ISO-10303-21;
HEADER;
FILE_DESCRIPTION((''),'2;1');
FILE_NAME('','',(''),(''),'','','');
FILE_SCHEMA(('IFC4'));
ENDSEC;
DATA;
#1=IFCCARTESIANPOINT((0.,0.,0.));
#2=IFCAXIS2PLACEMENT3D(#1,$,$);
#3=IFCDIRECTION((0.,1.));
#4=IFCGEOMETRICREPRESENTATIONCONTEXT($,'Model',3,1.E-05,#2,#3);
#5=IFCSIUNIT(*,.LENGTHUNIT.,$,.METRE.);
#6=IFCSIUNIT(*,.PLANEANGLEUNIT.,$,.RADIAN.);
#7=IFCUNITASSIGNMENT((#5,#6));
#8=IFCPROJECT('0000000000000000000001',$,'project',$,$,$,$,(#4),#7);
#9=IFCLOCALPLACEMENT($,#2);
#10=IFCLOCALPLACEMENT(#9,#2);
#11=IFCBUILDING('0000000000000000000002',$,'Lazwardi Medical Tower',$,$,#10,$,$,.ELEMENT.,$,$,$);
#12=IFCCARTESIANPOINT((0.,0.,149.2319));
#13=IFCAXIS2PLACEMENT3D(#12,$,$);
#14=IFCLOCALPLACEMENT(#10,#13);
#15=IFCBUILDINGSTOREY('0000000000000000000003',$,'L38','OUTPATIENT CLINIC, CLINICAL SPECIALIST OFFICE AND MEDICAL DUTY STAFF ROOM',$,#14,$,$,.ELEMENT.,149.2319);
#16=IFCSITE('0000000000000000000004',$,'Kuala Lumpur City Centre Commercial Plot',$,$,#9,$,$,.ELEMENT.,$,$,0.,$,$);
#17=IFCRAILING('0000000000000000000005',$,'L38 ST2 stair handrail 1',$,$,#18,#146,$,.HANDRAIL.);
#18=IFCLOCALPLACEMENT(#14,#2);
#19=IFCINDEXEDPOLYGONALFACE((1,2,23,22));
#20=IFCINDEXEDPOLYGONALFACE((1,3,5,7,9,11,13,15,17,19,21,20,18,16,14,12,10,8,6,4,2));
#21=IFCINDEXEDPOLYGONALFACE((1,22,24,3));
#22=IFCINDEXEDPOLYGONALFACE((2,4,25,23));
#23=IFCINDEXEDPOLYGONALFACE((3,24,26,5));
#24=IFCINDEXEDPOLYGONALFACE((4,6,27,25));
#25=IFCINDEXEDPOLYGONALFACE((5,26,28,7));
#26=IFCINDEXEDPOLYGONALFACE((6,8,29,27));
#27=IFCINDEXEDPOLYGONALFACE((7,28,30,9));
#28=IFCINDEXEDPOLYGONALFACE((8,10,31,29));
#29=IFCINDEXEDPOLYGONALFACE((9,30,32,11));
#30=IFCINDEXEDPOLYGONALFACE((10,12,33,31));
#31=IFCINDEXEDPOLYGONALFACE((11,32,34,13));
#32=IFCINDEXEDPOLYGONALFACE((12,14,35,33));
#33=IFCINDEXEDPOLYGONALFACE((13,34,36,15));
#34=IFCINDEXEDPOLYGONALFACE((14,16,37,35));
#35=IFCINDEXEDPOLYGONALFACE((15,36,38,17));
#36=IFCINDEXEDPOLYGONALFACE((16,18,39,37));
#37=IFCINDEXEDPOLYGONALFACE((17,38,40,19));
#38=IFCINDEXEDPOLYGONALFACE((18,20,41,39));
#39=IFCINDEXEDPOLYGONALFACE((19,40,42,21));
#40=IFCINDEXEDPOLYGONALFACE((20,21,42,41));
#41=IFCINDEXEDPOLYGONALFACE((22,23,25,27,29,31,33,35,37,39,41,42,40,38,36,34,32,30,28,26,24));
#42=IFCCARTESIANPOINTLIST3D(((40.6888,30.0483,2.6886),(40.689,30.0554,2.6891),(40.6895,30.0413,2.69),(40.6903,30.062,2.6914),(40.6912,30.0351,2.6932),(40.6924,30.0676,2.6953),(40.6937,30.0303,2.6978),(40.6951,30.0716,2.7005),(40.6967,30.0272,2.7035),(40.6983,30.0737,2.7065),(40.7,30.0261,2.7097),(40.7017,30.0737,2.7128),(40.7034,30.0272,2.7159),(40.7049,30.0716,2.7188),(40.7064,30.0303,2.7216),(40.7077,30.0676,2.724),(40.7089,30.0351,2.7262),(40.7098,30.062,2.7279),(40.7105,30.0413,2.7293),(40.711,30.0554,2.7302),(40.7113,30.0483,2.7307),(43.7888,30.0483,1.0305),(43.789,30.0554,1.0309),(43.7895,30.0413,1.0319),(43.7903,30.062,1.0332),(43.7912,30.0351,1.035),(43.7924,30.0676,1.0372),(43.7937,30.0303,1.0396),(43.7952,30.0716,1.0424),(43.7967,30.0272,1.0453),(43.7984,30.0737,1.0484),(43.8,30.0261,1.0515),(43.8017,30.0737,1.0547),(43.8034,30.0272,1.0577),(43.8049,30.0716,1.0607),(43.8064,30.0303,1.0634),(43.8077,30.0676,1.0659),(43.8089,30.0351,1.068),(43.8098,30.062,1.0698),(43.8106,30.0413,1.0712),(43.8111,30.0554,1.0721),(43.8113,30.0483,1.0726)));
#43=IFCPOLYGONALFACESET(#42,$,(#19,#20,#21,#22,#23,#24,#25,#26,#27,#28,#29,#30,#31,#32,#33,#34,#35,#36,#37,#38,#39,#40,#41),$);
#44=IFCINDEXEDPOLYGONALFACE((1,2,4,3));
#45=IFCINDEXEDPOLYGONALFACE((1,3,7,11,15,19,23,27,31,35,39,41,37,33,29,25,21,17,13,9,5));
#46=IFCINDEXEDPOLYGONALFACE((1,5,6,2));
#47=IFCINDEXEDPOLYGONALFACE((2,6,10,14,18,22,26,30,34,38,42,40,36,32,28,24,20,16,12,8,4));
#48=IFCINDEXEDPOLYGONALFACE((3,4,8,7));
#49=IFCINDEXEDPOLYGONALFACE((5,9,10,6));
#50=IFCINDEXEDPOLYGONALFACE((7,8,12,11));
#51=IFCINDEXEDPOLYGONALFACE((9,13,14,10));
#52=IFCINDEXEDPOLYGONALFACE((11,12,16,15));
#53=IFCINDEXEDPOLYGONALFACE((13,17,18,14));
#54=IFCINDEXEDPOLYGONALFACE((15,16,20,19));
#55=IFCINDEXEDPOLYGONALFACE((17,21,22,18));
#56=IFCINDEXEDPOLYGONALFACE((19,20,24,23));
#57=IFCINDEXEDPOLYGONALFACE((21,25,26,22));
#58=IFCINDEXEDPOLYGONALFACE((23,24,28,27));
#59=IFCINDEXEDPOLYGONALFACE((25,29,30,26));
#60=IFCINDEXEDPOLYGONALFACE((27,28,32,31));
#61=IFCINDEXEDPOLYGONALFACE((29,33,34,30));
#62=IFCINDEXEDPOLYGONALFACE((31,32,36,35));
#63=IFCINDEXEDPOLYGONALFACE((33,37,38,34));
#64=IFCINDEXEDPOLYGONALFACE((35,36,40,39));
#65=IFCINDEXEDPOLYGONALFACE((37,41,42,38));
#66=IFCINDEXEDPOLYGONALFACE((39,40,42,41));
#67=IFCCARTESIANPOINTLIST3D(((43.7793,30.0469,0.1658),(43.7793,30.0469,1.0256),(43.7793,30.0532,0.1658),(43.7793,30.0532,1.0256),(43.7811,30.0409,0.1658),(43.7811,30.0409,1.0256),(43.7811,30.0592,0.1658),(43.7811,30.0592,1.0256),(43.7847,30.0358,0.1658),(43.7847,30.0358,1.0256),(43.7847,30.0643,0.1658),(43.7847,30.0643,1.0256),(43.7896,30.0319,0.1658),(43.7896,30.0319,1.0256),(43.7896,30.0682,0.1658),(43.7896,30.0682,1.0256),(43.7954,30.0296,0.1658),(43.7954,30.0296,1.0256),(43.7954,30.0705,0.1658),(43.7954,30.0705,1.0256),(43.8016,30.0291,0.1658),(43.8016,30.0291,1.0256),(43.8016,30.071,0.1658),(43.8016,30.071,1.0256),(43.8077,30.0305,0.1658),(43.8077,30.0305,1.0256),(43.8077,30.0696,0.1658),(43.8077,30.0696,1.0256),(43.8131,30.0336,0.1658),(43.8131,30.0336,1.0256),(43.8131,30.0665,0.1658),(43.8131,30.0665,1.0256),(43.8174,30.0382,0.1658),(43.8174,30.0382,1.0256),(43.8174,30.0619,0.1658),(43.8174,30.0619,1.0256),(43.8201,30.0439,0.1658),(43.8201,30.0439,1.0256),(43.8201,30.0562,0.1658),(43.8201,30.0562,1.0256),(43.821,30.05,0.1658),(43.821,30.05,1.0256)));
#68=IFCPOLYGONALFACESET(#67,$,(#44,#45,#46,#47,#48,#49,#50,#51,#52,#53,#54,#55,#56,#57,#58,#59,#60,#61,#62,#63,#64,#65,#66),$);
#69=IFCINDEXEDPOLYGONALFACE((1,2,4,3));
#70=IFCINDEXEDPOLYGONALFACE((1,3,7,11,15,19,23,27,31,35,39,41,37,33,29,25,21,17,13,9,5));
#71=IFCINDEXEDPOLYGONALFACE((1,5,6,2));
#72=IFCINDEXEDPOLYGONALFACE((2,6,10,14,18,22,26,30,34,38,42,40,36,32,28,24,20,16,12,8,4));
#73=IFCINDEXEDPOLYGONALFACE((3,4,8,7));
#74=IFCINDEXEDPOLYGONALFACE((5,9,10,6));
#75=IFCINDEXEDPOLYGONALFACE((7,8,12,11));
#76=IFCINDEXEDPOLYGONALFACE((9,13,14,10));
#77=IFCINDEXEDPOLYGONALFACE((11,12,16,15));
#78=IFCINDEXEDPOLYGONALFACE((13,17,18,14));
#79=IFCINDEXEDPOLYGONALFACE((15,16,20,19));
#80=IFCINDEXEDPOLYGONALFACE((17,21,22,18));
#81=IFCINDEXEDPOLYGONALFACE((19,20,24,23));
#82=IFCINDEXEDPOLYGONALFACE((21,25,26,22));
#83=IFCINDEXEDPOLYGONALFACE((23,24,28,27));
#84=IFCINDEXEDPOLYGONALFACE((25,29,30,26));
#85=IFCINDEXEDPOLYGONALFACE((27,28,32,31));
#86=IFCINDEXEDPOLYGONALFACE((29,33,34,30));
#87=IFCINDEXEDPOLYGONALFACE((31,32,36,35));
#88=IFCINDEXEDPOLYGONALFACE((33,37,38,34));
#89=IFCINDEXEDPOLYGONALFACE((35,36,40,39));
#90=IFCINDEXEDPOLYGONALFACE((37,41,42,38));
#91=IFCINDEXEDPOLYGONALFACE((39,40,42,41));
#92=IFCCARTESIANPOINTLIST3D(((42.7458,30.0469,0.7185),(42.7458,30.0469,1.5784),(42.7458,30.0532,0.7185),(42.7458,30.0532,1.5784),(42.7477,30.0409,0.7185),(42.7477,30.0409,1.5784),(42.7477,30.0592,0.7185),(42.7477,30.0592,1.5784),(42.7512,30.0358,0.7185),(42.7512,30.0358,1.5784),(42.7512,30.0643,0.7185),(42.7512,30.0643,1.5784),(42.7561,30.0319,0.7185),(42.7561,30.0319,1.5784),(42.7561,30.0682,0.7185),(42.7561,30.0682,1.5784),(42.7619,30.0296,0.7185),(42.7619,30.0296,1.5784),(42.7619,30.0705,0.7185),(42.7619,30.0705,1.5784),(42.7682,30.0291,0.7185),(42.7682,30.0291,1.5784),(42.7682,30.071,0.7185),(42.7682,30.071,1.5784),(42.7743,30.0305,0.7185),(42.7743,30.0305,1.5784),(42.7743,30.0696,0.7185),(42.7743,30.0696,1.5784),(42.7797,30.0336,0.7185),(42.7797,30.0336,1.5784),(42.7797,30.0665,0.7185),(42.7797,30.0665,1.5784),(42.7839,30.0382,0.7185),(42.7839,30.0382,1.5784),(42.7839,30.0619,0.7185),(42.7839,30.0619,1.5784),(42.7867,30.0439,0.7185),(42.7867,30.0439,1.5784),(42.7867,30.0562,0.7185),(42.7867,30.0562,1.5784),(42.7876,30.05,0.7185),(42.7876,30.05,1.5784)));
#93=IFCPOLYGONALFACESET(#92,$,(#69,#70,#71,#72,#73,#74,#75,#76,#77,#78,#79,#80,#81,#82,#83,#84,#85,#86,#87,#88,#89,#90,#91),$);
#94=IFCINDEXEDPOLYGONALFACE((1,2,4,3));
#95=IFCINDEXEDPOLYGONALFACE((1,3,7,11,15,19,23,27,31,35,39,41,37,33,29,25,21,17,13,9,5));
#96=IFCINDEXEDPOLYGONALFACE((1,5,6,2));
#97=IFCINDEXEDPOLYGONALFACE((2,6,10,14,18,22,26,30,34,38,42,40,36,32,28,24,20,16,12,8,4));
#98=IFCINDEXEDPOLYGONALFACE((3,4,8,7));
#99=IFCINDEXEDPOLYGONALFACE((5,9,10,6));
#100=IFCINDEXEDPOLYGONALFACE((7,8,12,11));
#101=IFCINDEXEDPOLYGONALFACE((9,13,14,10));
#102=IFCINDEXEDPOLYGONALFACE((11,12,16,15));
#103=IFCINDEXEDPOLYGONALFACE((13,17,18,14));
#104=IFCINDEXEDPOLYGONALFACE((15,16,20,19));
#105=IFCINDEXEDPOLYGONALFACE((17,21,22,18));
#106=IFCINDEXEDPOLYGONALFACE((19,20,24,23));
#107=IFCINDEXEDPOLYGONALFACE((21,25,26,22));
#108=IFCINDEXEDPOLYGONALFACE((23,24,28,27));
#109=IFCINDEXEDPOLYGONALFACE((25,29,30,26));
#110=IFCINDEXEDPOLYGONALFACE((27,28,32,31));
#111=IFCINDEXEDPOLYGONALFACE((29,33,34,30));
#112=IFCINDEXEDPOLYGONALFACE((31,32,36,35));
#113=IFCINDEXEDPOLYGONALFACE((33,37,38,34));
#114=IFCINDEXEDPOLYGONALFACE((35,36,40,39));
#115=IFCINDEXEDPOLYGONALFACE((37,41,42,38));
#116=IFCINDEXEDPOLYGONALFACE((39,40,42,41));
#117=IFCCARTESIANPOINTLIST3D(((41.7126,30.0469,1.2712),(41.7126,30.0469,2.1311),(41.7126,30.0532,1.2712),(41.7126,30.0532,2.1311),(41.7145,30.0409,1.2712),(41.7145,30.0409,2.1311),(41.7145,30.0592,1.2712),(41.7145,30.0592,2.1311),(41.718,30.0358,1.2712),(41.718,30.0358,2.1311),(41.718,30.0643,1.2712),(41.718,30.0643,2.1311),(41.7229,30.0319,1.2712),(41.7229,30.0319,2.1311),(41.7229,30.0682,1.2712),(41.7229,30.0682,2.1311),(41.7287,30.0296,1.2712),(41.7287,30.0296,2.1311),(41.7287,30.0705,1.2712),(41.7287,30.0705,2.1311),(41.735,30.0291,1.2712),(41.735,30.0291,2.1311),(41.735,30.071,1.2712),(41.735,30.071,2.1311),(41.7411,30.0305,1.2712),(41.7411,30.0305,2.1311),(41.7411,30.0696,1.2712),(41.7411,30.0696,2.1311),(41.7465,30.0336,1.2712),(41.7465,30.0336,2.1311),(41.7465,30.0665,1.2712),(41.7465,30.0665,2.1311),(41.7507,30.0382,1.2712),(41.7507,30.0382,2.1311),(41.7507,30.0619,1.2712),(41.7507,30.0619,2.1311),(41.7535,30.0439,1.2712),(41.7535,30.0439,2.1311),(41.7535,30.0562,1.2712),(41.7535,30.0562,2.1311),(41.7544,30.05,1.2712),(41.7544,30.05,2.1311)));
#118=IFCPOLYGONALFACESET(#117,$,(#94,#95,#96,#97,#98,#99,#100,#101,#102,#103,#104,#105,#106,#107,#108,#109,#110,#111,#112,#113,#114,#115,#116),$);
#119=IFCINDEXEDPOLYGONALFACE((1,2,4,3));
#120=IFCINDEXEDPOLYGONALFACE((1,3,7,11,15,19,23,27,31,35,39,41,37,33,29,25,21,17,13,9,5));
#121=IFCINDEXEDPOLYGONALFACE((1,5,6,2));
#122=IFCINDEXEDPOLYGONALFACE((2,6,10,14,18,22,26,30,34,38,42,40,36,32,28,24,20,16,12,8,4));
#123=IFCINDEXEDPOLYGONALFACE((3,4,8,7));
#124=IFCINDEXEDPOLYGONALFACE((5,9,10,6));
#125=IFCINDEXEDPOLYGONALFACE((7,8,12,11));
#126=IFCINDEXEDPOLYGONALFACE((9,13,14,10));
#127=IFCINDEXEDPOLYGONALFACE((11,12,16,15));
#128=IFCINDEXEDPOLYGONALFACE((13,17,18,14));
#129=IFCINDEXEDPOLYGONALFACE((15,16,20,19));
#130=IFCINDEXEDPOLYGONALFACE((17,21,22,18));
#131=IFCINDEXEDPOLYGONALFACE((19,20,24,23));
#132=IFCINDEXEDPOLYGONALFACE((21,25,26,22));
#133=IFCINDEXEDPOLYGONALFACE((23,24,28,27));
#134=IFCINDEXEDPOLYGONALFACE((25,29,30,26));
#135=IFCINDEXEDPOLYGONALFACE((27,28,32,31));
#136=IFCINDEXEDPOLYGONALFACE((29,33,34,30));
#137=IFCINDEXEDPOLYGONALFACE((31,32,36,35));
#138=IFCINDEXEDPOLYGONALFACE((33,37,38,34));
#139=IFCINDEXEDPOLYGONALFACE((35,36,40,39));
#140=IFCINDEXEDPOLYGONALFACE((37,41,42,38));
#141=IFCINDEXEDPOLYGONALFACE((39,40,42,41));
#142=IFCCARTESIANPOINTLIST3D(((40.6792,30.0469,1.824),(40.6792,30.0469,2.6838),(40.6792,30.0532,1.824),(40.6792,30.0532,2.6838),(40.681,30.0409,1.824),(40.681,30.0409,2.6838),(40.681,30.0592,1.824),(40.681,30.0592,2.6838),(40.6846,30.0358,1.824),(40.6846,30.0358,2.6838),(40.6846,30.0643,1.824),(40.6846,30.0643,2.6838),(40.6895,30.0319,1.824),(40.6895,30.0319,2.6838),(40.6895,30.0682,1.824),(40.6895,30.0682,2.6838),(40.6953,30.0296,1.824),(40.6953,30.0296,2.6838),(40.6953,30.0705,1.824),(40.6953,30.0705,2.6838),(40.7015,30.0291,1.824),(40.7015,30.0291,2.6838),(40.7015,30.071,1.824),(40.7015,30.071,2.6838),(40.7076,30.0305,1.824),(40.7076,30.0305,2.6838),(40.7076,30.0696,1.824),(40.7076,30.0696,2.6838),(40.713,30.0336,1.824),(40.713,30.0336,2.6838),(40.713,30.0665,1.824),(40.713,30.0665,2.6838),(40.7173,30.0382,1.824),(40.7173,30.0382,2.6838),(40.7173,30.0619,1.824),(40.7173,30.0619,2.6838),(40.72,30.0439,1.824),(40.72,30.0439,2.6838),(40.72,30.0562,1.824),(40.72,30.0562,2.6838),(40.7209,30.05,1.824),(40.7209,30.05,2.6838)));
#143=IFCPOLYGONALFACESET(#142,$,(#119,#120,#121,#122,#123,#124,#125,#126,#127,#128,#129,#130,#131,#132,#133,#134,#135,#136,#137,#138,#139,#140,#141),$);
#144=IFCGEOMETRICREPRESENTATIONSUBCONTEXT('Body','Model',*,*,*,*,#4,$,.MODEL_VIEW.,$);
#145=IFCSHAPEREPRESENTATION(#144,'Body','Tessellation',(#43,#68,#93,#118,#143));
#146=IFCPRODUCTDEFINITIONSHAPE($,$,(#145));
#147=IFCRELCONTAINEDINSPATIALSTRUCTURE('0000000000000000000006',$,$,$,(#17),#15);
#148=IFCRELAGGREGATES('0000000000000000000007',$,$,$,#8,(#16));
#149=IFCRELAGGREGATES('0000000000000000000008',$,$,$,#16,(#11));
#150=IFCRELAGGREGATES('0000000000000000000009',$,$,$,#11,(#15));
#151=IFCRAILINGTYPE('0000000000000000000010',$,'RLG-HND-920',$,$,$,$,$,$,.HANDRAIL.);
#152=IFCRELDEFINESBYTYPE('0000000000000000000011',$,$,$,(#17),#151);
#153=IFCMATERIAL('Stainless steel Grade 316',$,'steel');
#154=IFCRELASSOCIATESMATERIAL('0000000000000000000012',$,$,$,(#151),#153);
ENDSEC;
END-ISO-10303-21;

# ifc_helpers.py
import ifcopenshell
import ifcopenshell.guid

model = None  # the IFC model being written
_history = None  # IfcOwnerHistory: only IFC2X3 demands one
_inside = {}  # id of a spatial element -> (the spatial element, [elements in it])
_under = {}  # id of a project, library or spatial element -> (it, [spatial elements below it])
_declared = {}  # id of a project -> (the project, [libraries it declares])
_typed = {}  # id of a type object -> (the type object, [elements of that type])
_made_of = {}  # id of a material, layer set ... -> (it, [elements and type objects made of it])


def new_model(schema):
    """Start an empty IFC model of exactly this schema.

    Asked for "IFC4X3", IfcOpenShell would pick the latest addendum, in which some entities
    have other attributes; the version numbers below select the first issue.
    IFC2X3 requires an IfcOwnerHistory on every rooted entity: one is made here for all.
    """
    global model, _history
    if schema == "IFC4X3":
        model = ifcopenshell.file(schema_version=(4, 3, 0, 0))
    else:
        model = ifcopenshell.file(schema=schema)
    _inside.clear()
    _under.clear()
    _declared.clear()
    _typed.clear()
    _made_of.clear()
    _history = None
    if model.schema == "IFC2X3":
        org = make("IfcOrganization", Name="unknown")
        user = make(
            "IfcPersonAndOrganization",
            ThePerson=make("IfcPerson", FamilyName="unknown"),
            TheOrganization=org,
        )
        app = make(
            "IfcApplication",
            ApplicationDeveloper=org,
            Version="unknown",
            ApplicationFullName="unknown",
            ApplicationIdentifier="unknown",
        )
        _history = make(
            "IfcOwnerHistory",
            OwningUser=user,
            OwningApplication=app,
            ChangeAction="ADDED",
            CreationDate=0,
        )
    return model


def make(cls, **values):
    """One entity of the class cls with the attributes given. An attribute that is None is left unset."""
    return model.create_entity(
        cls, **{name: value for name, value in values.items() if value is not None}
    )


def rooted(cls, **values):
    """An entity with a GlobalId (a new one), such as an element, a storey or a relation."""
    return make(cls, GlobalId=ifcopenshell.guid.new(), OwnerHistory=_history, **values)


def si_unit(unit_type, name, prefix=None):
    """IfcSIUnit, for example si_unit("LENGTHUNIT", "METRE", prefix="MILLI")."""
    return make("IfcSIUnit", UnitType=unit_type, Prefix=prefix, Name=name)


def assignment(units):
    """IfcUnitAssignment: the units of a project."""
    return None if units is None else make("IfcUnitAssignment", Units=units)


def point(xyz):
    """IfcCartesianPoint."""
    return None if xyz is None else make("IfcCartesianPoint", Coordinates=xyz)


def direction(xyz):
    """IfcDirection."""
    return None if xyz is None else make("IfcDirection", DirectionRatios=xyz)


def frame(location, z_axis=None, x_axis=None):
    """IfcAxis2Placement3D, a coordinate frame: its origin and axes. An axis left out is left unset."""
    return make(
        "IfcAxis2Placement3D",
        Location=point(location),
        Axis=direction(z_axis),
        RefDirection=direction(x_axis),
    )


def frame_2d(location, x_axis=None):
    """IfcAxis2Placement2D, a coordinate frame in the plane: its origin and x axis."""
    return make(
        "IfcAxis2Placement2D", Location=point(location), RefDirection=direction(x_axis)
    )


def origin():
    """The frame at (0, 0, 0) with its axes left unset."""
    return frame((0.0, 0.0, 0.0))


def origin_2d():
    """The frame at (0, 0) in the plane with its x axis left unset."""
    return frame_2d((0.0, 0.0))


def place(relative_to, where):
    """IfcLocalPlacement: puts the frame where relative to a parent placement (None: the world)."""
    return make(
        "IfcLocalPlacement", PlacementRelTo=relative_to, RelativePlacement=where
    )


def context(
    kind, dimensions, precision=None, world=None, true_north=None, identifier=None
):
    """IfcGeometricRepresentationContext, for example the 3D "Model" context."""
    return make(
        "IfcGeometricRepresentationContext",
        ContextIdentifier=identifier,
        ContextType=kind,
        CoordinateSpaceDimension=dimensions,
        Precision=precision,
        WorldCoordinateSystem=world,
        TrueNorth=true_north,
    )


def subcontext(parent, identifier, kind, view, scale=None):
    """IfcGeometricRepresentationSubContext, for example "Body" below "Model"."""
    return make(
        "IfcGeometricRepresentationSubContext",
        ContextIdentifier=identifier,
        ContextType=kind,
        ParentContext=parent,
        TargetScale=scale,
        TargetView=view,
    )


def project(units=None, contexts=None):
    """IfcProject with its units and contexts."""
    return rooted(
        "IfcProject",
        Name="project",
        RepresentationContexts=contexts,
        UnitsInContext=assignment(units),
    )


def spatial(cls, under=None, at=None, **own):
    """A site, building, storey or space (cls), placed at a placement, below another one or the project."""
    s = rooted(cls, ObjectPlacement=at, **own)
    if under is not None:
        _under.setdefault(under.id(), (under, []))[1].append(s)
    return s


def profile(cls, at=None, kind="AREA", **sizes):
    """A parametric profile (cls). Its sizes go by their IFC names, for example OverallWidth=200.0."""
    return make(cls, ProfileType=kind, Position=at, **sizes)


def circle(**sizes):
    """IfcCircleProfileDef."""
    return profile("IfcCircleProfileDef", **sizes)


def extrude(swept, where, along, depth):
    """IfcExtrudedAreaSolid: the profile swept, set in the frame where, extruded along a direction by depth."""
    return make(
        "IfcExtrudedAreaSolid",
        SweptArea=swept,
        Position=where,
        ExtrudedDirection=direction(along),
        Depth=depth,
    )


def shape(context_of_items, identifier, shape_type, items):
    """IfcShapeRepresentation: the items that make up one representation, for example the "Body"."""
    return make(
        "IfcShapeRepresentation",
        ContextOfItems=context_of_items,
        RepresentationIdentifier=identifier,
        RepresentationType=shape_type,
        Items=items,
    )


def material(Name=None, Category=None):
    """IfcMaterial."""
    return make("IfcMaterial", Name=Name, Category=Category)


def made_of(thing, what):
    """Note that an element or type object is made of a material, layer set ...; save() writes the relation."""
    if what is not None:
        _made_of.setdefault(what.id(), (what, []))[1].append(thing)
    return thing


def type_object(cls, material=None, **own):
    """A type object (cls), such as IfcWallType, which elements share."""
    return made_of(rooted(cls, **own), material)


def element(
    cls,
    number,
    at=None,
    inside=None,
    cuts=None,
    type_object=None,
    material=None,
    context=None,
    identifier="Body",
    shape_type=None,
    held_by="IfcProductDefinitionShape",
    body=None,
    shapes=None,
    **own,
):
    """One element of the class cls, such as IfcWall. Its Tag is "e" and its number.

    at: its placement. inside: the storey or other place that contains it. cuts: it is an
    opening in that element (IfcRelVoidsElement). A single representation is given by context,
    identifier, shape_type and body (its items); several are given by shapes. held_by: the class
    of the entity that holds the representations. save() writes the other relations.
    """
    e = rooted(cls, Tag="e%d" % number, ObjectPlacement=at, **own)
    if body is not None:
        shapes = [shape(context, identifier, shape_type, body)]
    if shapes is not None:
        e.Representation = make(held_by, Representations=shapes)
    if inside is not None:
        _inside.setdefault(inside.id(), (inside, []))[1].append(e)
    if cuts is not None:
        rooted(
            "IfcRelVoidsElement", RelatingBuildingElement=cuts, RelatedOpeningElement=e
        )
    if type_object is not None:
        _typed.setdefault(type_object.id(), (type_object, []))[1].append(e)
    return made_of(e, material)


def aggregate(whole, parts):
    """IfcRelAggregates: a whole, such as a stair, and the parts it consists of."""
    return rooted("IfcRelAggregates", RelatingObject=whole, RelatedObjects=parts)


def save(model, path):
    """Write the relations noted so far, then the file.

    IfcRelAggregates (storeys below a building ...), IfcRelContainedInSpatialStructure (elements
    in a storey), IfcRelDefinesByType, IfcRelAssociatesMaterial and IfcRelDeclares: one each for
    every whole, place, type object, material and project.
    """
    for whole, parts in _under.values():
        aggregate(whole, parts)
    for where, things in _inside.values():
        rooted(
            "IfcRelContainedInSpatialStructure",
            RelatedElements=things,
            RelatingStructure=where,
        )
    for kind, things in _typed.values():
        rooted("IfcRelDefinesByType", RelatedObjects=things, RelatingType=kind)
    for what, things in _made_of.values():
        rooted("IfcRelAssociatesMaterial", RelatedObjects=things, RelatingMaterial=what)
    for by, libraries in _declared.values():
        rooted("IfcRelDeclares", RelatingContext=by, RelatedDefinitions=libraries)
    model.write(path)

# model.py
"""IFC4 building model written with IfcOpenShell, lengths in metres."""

from ifc_helpers import new_model, si_unit, direction, frame, origin, origin_2d, place, context, subcontext, project, spatial, circle, extrude, material, type_object, element, save


model = new_model("IFC4")

# Units and contexts
model_context = context("Model", 3, precision=1e-05, world=origin(), true_north=direction((0.0, 1.0)))
body_context = subcontext(model_context, "Body", "Model", "MODEL_VIEW")
ifc_project = project(units=[si_unit("LENGTHUNIT", "METRE"), si_unit("PLANEANGLEUNIT", "RADIAN")], contexts=[model_context])

# Site, building, storey
site_placement = place(None, origin())
site = spatial("IfcSite", under=ifc_project, at=site_placement, Name="Kuala Lumpur City Centre Commercial Plot", CompositionType="ELEMENT", RefElevation=0.0)
building_placement = place(site_placement, origin())
building = spatial("IfcBuilding", under=site, at=building_placement, Name="Lazwardi Medical Tower", CompositionType="ELEMENT")
storey_placement = place(building_placement, frame((0.0, 0.0, 149.2319)))
storey = spatial("IfcBuildingStorey", under=building, at=storey_placement, Name="L38", Description="OUTPATIENT CLINIC, CLINICAL SPECIALIST OFFICE AND MEDICAL DUTY STAFF ROOM", CompositionType="ELEMENT", Elevation=149.2319)

# Railing
ifc_material_1 = material(Name="Stainless steel Grade 316", Category="steel")
railing_type = type_object("IfcRailingType", Name="RLG-HND-920", PredefinedType="HANDRAIL", material=ifc_material_1)
railing_1_placement = place(storey_placement, frame((43.8, 30.05, 0.1658)))
element("IfcRailing", 1, at=railing_1_placement, inside=storey, type_object=railing_type, Name="L38 ST2 stair handrail 1", PredefinedType="HANDRAIL", context=body_context, shape_type="SweptSolid", body=[
    extrude(circle(Radius=0.0239, at=origin_2d()), frame((0.0, 0.0, 0.8857), z_axis=(-0.881783, 0.0, 0.471655), x_axis=(0.0, -1.0, 0.0)), (0.0, 0.0, 1.0), 3.5156),
    extrude(circle(Radius=0.021, at=origin_2d()), origin(), (0.0, 0.0, 1.0), 0.8599),
    extrude(circle(Radius=0.021, at=origin_2d()), frame((-1.0334, 0.0, 0.5527)), (0.0, 0.0, 1.0), 0.8599),
    extrude(circle(Radius=0.021, at=origin_2d()), frame((-2.0667, 0.0, 1.1055)), (0.0, 0.0, 1.0), 0.8599),
    extrude(circle(Radius=0.021, at=origin_2d()), frame((-3.1001, 0.0, 1.6582)), (0.0, 0.0, 1.0), 0.8599),
])

save(model, "model.ifc")
